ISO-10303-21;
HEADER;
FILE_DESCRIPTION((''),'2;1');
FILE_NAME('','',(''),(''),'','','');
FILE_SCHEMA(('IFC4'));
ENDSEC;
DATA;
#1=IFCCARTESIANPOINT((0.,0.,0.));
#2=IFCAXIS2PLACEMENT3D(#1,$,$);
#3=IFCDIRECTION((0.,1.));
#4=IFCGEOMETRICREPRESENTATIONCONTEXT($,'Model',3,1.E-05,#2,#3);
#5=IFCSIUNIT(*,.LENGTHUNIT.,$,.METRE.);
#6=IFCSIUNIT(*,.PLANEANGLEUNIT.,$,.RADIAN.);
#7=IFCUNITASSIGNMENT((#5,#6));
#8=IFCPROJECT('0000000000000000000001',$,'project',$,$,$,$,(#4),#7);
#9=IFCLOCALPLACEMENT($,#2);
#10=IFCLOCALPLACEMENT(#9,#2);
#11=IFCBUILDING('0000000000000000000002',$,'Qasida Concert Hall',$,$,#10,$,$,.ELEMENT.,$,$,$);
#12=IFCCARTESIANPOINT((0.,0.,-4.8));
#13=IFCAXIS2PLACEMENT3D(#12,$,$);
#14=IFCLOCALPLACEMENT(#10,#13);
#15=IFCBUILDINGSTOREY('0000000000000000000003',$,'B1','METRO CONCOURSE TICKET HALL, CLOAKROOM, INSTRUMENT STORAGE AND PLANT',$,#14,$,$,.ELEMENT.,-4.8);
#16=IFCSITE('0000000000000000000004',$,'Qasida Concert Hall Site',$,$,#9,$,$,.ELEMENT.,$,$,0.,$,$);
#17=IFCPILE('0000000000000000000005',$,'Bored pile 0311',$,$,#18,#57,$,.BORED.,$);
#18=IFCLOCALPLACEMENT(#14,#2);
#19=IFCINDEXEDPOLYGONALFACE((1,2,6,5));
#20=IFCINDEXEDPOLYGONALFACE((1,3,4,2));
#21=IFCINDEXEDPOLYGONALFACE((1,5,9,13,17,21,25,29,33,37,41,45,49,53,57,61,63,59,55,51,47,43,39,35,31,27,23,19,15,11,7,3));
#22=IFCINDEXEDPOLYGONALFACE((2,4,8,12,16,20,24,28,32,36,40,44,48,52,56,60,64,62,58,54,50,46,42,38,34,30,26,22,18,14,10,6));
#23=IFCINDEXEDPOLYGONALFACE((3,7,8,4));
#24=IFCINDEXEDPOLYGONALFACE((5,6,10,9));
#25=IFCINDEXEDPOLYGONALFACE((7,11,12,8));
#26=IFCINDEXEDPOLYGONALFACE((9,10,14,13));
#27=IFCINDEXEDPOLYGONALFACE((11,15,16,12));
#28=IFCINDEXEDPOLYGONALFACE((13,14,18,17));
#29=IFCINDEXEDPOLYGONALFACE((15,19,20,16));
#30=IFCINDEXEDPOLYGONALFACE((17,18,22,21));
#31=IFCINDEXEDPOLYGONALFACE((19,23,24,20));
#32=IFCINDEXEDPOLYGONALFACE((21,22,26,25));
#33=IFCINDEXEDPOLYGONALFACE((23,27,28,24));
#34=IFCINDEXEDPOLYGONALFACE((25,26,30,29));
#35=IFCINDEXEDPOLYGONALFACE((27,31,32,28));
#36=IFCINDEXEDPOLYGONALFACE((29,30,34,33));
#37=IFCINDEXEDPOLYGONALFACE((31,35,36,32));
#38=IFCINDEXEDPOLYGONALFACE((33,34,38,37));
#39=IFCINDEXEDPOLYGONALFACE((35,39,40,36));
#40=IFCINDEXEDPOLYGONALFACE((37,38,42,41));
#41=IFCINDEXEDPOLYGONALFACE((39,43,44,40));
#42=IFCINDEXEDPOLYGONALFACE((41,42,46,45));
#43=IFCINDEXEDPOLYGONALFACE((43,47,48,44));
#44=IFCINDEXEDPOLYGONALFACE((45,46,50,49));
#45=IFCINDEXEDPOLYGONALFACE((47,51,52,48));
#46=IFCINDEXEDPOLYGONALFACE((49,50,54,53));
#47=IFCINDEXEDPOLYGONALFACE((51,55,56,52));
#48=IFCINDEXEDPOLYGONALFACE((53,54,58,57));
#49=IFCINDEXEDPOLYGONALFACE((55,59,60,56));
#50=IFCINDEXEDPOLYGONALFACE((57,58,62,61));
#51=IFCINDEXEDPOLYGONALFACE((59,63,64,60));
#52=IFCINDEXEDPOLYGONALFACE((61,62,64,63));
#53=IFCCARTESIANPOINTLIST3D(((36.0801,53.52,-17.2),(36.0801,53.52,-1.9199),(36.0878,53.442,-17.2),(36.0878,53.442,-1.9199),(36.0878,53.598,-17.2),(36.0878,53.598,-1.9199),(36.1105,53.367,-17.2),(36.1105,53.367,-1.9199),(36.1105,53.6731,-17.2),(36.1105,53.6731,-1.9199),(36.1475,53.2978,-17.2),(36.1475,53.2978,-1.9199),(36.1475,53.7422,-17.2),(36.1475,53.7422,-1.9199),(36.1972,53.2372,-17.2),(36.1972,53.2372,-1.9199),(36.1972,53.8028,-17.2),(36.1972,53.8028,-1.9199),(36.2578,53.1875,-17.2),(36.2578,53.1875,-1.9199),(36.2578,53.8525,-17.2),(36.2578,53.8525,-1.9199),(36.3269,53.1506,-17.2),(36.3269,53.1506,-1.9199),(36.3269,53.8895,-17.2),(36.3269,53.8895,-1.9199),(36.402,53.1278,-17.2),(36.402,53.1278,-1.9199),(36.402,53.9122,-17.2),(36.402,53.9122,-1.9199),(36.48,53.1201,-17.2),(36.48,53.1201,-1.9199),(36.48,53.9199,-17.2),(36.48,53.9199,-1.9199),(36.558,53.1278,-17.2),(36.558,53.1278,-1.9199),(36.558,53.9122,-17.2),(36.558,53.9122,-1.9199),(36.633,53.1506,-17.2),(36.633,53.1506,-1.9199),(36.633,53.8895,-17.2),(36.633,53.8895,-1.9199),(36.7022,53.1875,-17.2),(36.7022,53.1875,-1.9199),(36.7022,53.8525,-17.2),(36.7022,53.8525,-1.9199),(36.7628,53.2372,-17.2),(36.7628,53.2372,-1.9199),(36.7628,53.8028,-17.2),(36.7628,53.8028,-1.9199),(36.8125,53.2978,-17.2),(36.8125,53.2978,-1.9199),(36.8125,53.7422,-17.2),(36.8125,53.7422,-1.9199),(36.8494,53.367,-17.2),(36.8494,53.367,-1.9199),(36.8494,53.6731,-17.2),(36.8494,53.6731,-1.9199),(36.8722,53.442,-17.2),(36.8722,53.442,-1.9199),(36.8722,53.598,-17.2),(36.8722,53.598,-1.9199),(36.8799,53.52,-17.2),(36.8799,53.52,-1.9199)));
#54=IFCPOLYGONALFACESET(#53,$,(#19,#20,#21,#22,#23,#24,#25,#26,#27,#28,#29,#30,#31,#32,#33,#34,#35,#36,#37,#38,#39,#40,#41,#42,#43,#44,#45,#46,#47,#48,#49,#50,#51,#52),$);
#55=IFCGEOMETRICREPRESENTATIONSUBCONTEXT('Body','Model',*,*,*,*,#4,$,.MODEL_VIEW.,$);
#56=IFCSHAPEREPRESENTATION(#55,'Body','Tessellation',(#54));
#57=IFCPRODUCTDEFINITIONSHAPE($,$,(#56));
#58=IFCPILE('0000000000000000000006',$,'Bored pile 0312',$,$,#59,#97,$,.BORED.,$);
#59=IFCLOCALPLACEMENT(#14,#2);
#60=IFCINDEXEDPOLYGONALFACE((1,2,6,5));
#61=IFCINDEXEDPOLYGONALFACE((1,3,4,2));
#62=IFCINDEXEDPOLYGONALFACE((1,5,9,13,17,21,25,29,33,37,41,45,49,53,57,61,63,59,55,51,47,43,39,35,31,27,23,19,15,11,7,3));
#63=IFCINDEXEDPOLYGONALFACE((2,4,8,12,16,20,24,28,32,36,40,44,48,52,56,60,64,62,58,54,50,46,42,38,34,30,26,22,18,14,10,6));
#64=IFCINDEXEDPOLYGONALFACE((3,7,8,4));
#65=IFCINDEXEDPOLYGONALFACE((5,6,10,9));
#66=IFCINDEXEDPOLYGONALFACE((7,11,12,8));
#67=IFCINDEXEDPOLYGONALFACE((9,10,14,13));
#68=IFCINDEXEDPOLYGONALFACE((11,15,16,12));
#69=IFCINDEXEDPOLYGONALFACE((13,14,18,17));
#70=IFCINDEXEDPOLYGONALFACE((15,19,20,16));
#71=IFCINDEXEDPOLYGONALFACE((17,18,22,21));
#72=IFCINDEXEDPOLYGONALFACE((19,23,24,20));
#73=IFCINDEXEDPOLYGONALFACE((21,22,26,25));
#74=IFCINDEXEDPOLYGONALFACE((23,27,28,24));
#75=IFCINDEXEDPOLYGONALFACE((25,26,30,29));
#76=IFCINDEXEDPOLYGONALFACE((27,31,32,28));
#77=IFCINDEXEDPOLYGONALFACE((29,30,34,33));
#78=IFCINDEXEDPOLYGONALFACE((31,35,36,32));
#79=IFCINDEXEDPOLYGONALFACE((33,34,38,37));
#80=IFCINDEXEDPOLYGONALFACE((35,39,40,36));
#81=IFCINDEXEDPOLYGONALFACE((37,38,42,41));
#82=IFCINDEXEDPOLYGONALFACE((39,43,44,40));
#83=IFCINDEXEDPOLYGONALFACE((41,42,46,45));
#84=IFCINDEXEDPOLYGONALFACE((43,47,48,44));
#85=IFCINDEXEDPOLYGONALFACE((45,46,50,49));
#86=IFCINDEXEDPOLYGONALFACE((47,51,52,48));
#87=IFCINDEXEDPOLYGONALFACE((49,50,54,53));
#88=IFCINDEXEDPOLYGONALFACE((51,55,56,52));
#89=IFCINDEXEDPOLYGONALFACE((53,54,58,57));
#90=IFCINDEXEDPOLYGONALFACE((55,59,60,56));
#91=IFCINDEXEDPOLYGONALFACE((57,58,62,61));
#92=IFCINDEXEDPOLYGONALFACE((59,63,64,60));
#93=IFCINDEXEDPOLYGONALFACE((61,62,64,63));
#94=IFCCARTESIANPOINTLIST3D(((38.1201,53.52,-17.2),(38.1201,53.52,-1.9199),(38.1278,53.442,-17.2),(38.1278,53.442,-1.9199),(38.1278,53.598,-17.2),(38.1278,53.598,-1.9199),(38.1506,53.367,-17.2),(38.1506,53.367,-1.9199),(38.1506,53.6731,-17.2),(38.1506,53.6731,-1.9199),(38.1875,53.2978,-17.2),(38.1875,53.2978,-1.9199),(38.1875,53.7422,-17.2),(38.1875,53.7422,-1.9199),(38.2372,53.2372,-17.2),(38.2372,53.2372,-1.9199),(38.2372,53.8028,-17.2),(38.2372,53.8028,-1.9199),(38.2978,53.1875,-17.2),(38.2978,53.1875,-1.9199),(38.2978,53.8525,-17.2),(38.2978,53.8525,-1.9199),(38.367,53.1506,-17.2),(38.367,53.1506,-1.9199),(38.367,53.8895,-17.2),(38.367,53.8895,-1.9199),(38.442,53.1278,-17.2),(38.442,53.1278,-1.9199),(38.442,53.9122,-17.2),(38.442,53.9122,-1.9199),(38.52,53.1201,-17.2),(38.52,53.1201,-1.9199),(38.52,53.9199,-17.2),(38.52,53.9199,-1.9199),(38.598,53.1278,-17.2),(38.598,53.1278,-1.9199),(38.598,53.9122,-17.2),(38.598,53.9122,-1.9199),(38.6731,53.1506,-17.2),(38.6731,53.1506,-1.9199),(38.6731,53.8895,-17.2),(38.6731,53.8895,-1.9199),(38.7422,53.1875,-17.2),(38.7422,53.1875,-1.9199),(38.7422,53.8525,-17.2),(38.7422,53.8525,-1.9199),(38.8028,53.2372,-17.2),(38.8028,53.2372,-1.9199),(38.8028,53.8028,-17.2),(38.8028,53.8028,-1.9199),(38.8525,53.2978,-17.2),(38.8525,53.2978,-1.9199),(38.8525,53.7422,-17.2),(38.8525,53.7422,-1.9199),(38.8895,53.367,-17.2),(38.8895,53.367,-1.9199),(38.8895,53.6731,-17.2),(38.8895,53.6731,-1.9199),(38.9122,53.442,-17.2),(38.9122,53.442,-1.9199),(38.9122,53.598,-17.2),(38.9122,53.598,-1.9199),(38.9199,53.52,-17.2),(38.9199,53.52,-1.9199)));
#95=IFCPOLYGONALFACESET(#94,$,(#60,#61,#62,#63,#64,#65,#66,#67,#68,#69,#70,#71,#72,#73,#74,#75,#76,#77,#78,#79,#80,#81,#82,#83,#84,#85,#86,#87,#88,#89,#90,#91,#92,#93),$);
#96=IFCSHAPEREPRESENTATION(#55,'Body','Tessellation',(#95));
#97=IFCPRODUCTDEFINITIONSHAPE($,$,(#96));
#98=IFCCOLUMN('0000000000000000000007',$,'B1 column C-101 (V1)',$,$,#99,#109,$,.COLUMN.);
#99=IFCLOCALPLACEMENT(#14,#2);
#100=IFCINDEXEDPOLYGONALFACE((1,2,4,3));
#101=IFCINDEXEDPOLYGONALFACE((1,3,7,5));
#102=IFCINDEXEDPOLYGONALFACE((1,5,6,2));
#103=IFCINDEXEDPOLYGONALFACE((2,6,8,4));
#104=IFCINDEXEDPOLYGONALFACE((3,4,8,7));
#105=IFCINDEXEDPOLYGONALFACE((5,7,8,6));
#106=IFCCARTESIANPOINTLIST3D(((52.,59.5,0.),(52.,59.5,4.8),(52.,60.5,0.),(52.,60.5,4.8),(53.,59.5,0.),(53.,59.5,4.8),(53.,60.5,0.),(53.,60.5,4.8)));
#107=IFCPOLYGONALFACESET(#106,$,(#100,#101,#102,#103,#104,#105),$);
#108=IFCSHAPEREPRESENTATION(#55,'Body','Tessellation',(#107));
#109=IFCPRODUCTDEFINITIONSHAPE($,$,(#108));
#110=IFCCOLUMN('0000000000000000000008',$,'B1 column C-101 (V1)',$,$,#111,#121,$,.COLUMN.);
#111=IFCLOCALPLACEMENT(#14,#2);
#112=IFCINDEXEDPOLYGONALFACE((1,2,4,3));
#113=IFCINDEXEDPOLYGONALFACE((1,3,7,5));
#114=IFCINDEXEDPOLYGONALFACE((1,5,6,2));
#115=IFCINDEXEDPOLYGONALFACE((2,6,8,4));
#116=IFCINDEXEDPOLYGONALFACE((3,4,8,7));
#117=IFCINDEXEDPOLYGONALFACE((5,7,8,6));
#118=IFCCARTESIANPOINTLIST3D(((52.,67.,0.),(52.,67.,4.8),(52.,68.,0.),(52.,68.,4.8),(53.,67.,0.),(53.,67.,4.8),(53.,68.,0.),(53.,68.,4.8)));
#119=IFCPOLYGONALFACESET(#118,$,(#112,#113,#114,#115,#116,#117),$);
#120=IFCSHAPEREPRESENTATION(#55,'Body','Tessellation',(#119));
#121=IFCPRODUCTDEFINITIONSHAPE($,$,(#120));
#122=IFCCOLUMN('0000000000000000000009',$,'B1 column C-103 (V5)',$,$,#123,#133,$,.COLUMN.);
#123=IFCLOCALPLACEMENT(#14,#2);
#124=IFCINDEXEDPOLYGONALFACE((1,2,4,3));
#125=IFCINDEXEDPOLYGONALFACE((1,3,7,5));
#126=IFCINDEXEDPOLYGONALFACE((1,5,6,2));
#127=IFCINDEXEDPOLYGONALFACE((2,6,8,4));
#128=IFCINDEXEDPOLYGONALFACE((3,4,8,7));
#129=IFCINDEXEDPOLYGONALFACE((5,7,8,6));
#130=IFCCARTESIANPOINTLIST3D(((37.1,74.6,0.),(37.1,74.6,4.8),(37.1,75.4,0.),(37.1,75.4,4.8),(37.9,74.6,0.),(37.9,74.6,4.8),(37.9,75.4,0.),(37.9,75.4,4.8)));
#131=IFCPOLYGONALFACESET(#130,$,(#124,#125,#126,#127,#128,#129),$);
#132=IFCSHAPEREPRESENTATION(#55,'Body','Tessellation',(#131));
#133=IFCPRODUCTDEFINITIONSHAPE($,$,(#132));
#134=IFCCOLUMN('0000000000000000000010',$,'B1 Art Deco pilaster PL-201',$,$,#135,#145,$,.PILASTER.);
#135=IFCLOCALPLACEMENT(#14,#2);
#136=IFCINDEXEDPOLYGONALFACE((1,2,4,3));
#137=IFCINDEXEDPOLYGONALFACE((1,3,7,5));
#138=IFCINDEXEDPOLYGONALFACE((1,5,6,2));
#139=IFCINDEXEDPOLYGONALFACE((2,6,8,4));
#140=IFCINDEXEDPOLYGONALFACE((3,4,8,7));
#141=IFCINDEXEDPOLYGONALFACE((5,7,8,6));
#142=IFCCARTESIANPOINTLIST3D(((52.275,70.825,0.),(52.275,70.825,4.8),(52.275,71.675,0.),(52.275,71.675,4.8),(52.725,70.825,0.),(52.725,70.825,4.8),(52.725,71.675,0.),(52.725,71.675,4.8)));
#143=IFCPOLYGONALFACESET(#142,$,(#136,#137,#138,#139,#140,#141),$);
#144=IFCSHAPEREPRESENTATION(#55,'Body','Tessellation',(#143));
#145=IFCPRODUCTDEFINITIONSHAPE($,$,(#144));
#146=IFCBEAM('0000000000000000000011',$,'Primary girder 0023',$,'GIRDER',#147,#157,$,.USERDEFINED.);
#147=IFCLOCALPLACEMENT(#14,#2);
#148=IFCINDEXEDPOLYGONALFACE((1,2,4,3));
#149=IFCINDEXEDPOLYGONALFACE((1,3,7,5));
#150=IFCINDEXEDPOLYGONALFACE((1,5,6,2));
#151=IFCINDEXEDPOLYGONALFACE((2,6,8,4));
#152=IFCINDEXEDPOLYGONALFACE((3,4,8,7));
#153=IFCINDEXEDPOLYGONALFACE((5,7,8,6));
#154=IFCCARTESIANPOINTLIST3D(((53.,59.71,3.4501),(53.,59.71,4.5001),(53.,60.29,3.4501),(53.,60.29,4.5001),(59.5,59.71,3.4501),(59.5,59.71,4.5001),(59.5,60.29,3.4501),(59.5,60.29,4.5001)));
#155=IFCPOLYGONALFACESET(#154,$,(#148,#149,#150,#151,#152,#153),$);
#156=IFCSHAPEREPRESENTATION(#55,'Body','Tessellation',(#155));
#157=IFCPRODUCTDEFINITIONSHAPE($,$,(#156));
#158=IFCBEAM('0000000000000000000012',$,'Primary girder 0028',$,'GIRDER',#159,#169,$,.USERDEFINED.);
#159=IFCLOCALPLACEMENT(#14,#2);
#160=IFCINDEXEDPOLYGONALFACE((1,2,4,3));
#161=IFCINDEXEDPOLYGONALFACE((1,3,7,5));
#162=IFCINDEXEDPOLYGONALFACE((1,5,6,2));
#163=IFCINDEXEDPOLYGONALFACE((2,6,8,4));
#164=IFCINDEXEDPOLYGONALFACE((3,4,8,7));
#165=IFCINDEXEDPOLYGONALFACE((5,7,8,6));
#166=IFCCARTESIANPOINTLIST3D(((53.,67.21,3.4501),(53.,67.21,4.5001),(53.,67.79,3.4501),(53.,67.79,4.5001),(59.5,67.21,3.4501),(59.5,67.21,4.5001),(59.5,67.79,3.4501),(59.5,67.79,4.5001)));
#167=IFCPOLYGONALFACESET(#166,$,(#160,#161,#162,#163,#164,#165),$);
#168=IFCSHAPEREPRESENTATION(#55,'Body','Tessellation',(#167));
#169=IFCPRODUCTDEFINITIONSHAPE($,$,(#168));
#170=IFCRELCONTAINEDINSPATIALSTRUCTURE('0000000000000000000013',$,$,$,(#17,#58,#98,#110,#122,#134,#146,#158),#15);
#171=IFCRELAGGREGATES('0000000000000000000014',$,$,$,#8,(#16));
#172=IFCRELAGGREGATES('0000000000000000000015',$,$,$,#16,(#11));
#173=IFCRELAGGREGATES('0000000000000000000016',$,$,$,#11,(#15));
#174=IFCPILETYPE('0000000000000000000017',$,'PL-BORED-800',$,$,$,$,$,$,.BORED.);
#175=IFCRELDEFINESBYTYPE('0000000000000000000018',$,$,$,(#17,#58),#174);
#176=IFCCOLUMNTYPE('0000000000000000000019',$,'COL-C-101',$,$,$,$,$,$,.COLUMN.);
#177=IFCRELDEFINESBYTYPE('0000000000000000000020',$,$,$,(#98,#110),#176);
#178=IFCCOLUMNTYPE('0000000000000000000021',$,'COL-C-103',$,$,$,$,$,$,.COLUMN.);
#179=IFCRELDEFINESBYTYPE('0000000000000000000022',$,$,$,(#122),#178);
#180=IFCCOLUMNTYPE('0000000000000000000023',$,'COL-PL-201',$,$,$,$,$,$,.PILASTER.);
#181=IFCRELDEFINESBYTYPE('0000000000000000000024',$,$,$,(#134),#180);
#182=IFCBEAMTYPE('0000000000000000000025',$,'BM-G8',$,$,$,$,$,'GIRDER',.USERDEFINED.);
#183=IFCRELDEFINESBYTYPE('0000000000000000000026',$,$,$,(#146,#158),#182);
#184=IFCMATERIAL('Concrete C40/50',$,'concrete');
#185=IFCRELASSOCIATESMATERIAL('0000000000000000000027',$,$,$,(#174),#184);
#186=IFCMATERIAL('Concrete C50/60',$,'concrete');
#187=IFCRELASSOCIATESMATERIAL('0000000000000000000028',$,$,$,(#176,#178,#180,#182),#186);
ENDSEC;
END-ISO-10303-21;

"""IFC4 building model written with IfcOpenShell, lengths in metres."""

from ifc_helpers import new_model, si_unit, direction, frame, origin, origin_2d, place, context, subcontext, project, spatial, rectangle, circle, extrude, material, material_profile, profile_set, type_object, element, save


model = new_model("IFC4")

# Units and contexts
model_context = context("Model", 3, precision=1e-05, world=origin(), true_north=direction((0.0, 1.0)))
body_context = subcontext(model_context, "Body", "Model", "MODEL_VIEW")
ifc_project = project(units=[si_unit("LENGTHUNIT", "METRE"), si_unit("PLANEANGLEUNIT", "RADIAN")], contexts=[model_context])

# Site, building, storey
site_placement = place(None, origin())
site = spatial("IfcSite", under=ifc_project, at=site_placement, Name="Qasida Concert Hall Site", CompositionType="ELEMENT", RefElevation=0.0)
building_placement = place(site_placement, origin())
building = spatial("IfcBuilding", under=site, at=building_placement, Name="Qasida Concert Hall", CompositionType="ELEMENT")
storey_placement = place(building_placement, frame((0.0, 0.0, -4.8)))
storey = spatial("IfcBuildingStorey", under=building, at=storey_placement, Name="B1", Description="METRO CONCOURSE TICKET HALL, CLOAKROOM, INSTRUMENT STORAGE AND PLANT", CompositionType="ELEMENT", Elevation=-4.8)

# Shared definitions
ifc_material_1 = material(Name="Concrete C40/50", Category="concrete")

# Piles
ifc_material_profile_1 = material_profile(ifc_material_1, circle(Radius=0.3999, at=origin_2d()), Name="BORED PILE D800")
ifc_profile_set_1 = profile_set([ifc_material_profile_1], Name="Concrete C40/50")
pile_type_1 = type_object("IfcPileType", Name="PL-BORED-800", PredefinedType="BORED", material=ifc_profile_set_1)
for number, where, z_axis, x_axis, name in (
    (1, (36.48, 53.52, -1.9199), (0.0, 0.0, -1.0), (1.0, 0.0, 0.0), "Bored pile 0311"),
    (2, (38.52, 53.52, -1.9199), (0.0, 0.0, -1.0), (1.0, 0.0, 0.0), "Bored pile 0312"),
):
    element("IfcPile", number, at=place(storey_placement, frame(where, z_axis=z_axis, x_axis=x_axis)), inside=storey, type_object=pile_type_1, Name=name, PredefinedType="BORED", context=body_context, shape_type="SweptSolid", body=[
        extrude(circle(Radius=0.3999, at=origin_2d()), origin(), (0.0, 0.0, 1.0), 15.28),
    ])

# Columns
ifc_material_2 = material(Name="Concrete C50/60", Category="concrete")
ifc_material_profile_2 = material_profile(ifc_material_2, rectangle(XDim=1.0, YDim=1.0, at=origin_2d()), Name="RC 1000x1000")
ifc_profile_set_2 = profile_set([ifc_material_profile_2], Name="Concrete C50/60")
column_type_1 = type_object("IfcColumnType", Name="COL-C-101", PredefinedType="COLUMN", material=ifc_profile_set_2)
for number, where, z_axis, x_axis, name in (
    (3, (52.5, 60.0, 0.0), (0.0, 0.0, 1.0), (1.0, 0.0, 0.0), "B1 column C-101 (V1)"),
    (4, (52.5, 67.5, 0.0), (0.0, 0.0, 1.0), (1.0, 0.0, 0.0), "B1 column C-101 (V1)"),
):
    element("IfcColumn", number, at=place(storey_placement, frame(where, z_axis=z_axis, x_axis=x_axis)), inside=storey, type_object=column_type_1, Name=name, PredefinedType="COLUMN", context=body_context, shape_type="SweptSolid", body=[
        extrude(rectangle(XDim=1.0, YDim=1.0, at=origin_2d()), origin(), (0.0, 0.0, 1.0), 4.8),
    ])
ifc_material_profile_3 = material_profile(ifc_material_2, rectangle(XDim=0.8, YDim=0.8, at=origin_2d()), Name="RC 800x800")
ifc_profile_set_3 = profile_set([ifc_material_profile_3], Name="Concrete C50/60")
column_type_2 = type_object("IfcColumnType", Name="COL-C-103", PredefinedType="COLUMN", material=ifc_profile_set_3)
column_1_placement = place(storey_placement, frame((37.5, 75.0, 0.0), z_axis=(0.0, 0.0, 1.0), x_axis=(1.0, 0.0, 0.0)))
element("IfcColumn", 5, at=column_1_placement, inside=storey, type_object=column_type_2, Name="B1 column C-103 (V5)", PredefinedType="COLUMN", context=body_context, shape_type="SweptSolid", body=[
    extrude(rectangle(XDim=0.8, YDim=0.8, at=origin_2d()), origin(), (0.0, 0.0, 1.0), 4.8),
])
ifc_material_profile_4 = material_profile(ifc_material_2, rectangle(XDim=0.45, YDim=0.8501, at=origin_2d()), Name="RC 450x850")
ifc_profile_set_4 = profile_set([ifc_material_profile_4], Name="Concrete C50/60")
column_type_3 = type_object("IfcColumnType", Name="COL-PL-201", PredefinedType="PILASTER", material=ifc_profile_set_4)
column_2_placement = place(storey_placement, frame((52.5, 71.25, 0.0), z_axis=(0.0, 0.0, 1.0), x_axis=(1.0, 0.0, 0.0)))
element("IfcColumn", 6, at=column_2_placement, inside=storey, type_object=column_type_3, Name="B1 Art Deco pilaster PL-201", PredefinedType="PILASTER", context=body_context, shape_type="SweptSolid", body=[
    extrude(rectangle(XDim=0.45, YDim=0.8501, at=origin_2d()), origin(), (0.0, 0.0, 1.0), 4.8),
])

# Beams
ifc_material_profile_5 = material_profile(ifc_material_2, rectangle(XDim=0.5801, YDim=1.05, at=origin_2d()), Name="RC 580x1050")
ifc_profile_set_5 = profile_set([ifc_material_profile_5], Name="Concrete C50/60")
beam_type = type_object("IfcBeamType", Name="BM-G8", ElementType="GIRDER", PredefinedType="USERDEFINED", material=ifc_profile_set_5)
for number, where, z_axis, x_axis, name in (
    (7, (53.0, 60.0, 3.9751), (1.0, 0.0, 0.0), (0.0, 1.0, 0.0), "Primary girder 0023"),
    (8, (53.0, 67.5, 3.9751), (1.0, 0.0, 0.0), (0.0, 1.0, 0.0), "Primary girder 0028"),
):
    element("IfcBeam", number, at=place(storey_placement, frame(where, z_axis=z_axis, x_axis=x_axis)), inside=storey, type_object=beam_type, Name=name, ObjectType="GIRDER", PredefinedType="USERDEFINED", context=body_context, shape_type="SweptSolid", body=[
        extrude(rectangle(XDim=0.5801, YDim=1.05, at=origin_2d()), origin(), (0.0, 0.0, 1.0), 6.5),
    ])

save(model, "model.ifc")
